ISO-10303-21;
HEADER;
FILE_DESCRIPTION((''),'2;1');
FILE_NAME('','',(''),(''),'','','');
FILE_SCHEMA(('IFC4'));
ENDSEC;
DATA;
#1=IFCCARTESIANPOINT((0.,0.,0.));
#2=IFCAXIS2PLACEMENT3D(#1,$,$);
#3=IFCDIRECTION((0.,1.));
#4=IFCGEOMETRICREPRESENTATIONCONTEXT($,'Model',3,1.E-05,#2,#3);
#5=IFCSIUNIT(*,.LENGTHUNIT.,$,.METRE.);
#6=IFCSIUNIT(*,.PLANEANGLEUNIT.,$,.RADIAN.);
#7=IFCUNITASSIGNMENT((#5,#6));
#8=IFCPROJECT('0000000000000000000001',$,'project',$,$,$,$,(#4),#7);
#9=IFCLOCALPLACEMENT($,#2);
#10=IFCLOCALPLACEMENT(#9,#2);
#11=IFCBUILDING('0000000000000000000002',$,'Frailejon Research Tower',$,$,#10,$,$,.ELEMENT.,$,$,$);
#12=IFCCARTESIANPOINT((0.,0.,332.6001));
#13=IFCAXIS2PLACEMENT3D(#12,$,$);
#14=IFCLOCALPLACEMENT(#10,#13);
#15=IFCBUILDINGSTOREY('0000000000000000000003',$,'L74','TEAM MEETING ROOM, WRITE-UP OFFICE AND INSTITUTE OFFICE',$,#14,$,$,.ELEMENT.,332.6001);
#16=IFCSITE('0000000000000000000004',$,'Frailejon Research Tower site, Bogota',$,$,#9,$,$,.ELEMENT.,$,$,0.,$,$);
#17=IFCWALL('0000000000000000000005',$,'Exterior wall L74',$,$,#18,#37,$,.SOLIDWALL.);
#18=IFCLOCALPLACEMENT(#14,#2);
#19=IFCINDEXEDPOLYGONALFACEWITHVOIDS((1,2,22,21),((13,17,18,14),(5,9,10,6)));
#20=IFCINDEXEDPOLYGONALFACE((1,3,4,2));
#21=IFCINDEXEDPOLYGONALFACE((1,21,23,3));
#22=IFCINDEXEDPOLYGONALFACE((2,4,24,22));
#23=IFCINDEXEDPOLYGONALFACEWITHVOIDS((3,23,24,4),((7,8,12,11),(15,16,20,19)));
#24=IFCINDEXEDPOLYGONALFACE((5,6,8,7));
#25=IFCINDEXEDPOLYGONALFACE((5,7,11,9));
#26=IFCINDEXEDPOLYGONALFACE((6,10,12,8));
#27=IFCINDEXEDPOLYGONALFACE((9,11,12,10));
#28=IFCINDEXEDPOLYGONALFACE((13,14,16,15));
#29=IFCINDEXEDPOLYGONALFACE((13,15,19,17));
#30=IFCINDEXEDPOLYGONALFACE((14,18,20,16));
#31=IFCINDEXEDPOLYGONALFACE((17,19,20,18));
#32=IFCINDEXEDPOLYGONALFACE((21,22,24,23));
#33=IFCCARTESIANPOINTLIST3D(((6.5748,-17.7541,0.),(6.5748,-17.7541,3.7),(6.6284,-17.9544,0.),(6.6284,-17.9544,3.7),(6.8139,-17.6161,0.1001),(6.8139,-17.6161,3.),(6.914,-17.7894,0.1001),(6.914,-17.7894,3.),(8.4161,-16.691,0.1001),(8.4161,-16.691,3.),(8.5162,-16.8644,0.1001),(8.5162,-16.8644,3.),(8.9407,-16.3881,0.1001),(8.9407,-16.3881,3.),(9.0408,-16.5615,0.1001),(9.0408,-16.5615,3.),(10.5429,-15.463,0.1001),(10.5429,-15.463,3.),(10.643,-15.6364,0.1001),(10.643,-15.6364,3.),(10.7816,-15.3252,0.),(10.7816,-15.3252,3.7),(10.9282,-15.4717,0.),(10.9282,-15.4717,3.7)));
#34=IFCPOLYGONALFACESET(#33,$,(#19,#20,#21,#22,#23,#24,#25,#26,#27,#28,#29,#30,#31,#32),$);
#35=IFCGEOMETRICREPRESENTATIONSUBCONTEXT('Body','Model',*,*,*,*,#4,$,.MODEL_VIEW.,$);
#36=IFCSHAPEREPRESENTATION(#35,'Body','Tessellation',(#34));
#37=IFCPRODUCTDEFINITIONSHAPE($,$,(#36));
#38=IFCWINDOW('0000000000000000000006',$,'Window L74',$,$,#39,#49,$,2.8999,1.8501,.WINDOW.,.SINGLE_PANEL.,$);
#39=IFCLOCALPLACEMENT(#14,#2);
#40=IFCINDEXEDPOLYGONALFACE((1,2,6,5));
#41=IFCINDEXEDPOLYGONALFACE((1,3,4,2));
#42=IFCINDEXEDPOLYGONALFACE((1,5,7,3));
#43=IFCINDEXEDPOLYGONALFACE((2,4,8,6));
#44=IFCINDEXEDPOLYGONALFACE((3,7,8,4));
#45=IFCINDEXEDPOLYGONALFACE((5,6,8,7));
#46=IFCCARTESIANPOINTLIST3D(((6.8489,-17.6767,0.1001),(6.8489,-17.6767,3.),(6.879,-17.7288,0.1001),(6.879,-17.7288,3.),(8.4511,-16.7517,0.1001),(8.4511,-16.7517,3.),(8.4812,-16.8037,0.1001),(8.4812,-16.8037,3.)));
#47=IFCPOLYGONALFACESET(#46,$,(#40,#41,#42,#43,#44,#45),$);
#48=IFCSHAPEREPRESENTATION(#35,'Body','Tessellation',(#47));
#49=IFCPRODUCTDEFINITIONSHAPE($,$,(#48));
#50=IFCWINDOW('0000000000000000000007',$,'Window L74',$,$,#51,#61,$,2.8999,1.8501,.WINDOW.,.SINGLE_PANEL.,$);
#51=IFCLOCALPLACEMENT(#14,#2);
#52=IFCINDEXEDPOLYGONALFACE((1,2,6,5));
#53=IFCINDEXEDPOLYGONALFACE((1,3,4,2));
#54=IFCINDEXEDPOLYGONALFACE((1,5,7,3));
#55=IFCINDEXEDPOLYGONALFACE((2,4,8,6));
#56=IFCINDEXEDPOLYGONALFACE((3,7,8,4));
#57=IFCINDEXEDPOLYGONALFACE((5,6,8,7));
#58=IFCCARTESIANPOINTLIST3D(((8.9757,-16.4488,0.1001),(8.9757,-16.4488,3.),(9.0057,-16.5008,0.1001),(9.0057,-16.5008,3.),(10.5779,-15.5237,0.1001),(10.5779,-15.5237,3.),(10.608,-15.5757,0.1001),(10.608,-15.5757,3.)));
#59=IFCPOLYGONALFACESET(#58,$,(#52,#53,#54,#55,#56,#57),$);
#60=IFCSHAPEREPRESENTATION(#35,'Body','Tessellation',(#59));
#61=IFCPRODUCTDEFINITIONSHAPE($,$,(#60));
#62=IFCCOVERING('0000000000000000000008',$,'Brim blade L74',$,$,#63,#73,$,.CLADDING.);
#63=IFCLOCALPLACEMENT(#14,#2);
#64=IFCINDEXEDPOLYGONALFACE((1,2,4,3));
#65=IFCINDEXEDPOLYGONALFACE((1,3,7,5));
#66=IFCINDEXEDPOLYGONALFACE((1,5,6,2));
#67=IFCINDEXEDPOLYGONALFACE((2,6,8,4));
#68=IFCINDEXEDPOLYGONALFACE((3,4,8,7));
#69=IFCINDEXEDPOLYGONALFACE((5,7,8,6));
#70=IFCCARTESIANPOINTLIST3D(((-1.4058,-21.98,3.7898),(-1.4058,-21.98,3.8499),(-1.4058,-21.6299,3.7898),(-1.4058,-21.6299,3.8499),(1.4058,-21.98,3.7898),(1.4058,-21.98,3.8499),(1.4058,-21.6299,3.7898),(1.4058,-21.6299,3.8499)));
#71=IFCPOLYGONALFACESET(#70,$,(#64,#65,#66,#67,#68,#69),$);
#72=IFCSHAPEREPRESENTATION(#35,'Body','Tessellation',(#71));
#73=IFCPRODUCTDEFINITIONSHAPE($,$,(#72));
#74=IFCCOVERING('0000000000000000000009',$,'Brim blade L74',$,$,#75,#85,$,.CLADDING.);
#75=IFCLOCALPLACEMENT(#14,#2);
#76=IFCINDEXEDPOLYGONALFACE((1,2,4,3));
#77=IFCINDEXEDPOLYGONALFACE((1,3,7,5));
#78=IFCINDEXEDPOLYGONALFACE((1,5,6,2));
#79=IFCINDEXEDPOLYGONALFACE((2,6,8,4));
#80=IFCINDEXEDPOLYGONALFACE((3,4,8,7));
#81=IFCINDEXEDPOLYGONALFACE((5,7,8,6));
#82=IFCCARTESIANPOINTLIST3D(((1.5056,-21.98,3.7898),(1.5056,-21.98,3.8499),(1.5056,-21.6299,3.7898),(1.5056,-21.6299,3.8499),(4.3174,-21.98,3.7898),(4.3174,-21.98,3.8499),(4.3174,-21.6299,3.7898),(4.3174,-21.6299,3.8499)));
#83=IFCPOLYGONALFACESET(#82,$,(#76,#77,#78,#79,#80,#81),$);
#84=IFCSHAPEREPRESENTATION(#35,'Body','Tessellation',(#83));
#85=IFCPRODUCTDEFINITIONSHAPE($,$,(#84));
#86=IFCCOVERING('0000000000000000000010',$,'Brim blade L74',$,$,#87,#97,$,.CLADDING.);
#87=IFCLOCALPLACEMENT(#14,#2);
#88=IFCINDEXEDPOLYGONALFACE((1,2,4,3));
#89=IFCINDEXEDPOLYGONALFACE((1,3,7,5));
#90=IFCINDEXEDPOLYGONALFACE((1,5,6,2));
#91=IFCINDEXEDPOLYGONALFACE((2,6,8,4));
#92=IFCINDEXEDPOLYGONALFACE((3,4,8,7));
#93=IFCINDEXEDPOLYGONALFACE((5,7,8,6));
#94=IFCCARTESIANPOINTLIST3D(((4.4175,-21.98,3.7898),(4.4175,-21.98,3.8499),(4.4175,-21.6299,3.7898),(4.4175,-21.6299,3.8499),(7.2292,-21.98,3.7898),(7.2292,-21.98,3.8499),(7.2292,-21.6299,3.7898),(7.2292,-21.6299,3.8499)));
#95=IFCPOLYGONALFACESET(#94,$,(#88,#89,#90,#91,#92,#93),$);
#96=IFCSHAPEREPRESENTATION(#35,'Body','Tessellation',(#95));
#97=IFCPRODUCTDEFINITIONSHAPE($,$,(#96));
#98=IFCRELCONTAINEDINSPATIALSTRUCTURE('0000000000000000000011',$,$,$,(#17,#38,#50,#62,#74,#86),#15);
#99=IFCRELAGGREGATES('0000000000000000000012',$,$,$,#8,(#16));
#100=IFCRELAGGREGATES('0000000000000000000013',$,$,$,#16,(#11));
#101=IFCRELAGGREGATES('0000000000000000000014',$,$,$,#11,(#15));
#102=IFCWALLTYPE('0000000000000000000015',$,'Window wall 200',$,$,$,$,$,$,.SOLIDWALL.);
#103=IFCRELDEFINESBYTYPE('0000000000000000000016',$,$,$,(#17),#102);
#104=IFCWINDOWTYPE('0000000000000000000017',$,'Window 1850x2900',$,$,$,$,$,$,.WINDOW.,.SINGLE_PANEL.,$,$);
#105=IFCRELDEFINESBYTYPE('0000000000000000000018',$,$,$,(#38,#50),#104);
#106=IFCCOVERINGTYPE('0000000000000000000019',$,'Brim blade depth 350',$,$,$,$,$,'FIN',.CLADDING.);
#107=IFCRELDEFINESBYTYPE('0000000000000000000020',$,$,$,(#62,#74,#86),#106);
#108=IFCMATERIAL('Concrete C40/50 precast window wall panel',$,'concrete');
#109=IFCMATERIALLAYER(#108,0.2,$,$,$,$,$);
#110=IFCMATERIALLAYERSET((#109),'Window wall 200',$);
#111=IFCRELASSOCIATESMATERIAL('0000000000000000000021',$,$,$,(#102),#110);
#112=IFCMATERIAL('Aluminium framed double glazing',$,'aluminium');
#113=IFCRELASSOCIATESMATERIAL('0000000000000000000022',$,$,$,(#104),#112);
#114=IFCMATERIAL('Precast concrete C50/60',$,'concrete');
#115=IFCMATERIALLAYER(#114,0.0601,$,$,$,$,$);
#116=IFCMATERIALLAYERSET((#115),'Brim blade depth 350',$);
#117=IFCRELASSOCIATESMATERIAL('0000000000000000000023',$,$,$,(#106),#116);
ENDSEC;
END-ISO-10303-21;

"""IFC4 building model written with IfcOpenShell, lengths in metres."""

from ifc_helpers import new_model, si_unit, direction, frame, frame_2d, origin, place, context, subcontext, project, spatial, polyline, rectangle, outline, extrude, material, layer, layer_set, type_object, element, fill, save


model = new_model("IFC4")

# Units and contexts
model_context = context("Model", 3, precision=1e-05, world=origin(), true_north=direction((0.0, 1.0)))
body_context = subcontext(model_context, "Body", "Model", "MODEL_VIEW")
ifc_project = project(units=[si_unit("LENGTHUNIT", "METRE"), si_unit("PLANEANGLEUNIT", "RADIAN")], contexts=[model_context])

# Site, building, storey
site_placement = place(None, origin())
site = spatial("IfcSite", under=ifc_project, at=site_placement, Name="Frailejon Research Tower site, Bogota", CompositionType="ELEMENT", RefElevation=0.0)
building_placement = place(site_placement, origin())
building = spatial("IfcBuilding", under=site, at=building_placement, Name="Frailejon Research Tower", CompositionType="ELEMENT")
storey_placement = place(building_placement, frame((0.0, 0.0, 332.6001)))
storey = spatial("IfcBuildingStorey", under=building, at=storey_placement, Name="L74", Description="TEAM MEETING ROOM, WRITE-UP OFFICE AND INSTITUTE OFFICE", CompositionType="ELEMENT", Elevation=332.6001)

# Wall, openings, windows
ifc_material_1 = material(Name="Concrete C40/50 precast window wall panel", Category="concrete")
ifc_layer_1 = layer(ifc_material_1, 0.2)
ifc_layer_set_1 = layer_set([ifc_layer_1], Name="Window wall 200")
wall_type_1 = type_object("IfcWallType", Name="Window wall 200", PredefinedType="SOLIDWALL", material=ifc_layer_set_1)
wall_placement = place(storey_placement, frame((6.6016, -17.8542, 0.0), z_axis=(0.0, 0.0, 1.0), x_axis=(0.866017, 0.500015, 0.0)))
wall = element("IfcWall", 1, at=wall_placement, inside=storey, type_object=wall_type_1, Name="Exterior wall L74", PredefinedType="SOLIDWALL", context=body_context, shape_type="SweptSolid", body=[
    extrude(outline(polyline([(-0.0269, -0.1001), (1.2144, -0.1001), (2.4556, -0.1001), (3.697, -0.1001), (4.9382, -0.1001), (4.8845, 0.1001), (3.6702, 0.1001), (2.4556, 0.1001), (1.2412, 0.1001), (0.0269, 0.1001), (-0.0269, -0.1001)])), origin(), (0.0, 0.0, 1.0), 3.7),
])
opening_1_placement = place(wall_placement, frame((0.303, 0.0, 0.1001)))
opening_1 = element("IfcOpeningElement", 2, at=opening_1_placement, cuts=wall, PredefinedType="OPENING", context=body_context, shape_type="SweptSolid", body=[
    extrude(rectangle(XDim=1.8501, YDim=2.8999, at=frame_2d((0.925, 1.45))), frame((0.0, 0.1099, 0.0), z_axis=(0.0, -1.0, 0.0), x_axis=(1.0, 0.0, 0.0)), (0.0, 0.0, 1.0), 0.22),
])
opening_2_placement = place(wall_placement, frame((2.7588, 0.0, 0.1001)))
opening_2 = element("IfcOpeningElement", 3, at=opening_2_placement, cuts=wall, PredefinedType="OPENING", context=body_context, shape_type="SweptSolid", body=[
    extrude(rectangle(XDim=1.8501, YDim=2.8999, at=frame_2d((0.925, 1.45))), frame((0.0, 0.1099, 0.0), z_axis=(0.0, -1.0, 0.0), x_axis=(1.0, 0.0, 0.0)), (0.0, 0.0, 1.0), 0.22),
])
ifc_material_2 = material(Name="Aluminium framed double glazing", Category="aluminium")
window_type = type_object("IfcWindowType", Name="Window 1850x2900", PartitioningType="SINGLE_PANEL", PredefinedType="WINDOW", material=ifc_material_2)
window_1_placement = place(opening_1_placement, origin())
window_1 = element("IfcWindow", 4, at=window_1_placement, inside=storey, type_object=window_type, Name="Window L74", OverallHeight=2.8999, OverallWidth=1.8501, PartitioningType="SINGLE_PANEL", PredefinedType="WINDOW", context=body_context, shape_type="SweptSolid", body=[
    extrude(rectangle(XDim=1.8501, YDim=2.8999, at=frame_2d((0.925, 1.45))), frame((0.0, 0.03, 0.0), z_axis=(0.0, -1.0, 0.0), x_axis=(1.0, 0.0, 0.0)), (0.0, 0.0, 1.0), 0.0601),
])
fill(opening_1, window_1)
window_2_placement = place(opening_2_placement, origin())
window_2 = element("IfcWindow", 5, at=window_2_placement, inside=storey, type_object=window_type, Name="Window L74", OverallHeight=2.8999, OverallWidth=1.8501, PartitioningType="SINGLE_PANEL", PredefinedType="WINDOW", context=body_context, shape_type="SweptSolid", body=[
    extrude(rectangle(XDim=1.8501, YDim=2.8999, at=frame_2d((0.925, 1.45))), frame((0.0, 0.03, 0.0), z_axis=(0.0, -1.0, 0.0), x_axis=(1.0, 0.0, 0.0)), (0.0, 0.0, 1.0), 0.0601),
])
fill(opening_2, window_2)

# Coverings
ifc_material_3 = material(Name="Precast concrete C50/60", Category="concrete")
ifc_layer_2 = layer(ifc_material_3, 0.0601)
ifc_layer_set_2 = layer_set([ifc_layer_2], Name="Brim blade depth 350")
covering_type = type_object("IfcCoveringType", Name="Brim blade depth 350", ElementType="FIN", PredefinedType="CLADDING", material=ifc_layer_set_2)
covering_placement = place(storey_placement, frame((1.4058, -21.6299, 3.8499), z_axis=(-1.0, 0.0, 0.0), x_axis=(0.0, -1.0, 0.0)))
element("IfcCovering", 6, at=covering_placement, inside=storey, type_object=covering_type, Name="Brim blade L74", PredefinedType="CLADDING", context=body_context, shape_type="SweptSolid", body=[
    extrude(outline(polyline([(0.0, -0.0601), (0.3501, -0.0601), (0.3501, 0.0), (0.0, 0.0), (0.0, -0.0601)])), origin(), (0.0, 0.0, 1.0), 2.8115),
])
for number, where, z_axis, x_axis, name in (
    (7, (4.3174, -21.6299, 3.8499), (-1.0, 0.0, 0.0), (0.0, -1.0, 0.0), "Brim blade L74"),
    (8, (7.2292, -21.6299, 3.8499), (-1.0, 0.0, 0.0), (0.0, -1.0, 0.0), "Brim blade L74"),
):
    element("IfcCovering", number, at=place(storey_placement, frame(where, z_axis=z_axis, x_axis=x_axis)), inside=storey, type_object=covering_type, Name=name, PredefinedType="CLADDING", context=body_context, shape_type="SweptSolid", body=[
        extrude(outline(polyline([(0.0, -0.0601), (0.3501, -0.0601), (0.3501, 0.0), (0.0, 0.0), (0.0, -0.0601)])), origin(), (0.0, 0.0, 1.0), 2.8118),
    ])

save(model, "model.ifc")
